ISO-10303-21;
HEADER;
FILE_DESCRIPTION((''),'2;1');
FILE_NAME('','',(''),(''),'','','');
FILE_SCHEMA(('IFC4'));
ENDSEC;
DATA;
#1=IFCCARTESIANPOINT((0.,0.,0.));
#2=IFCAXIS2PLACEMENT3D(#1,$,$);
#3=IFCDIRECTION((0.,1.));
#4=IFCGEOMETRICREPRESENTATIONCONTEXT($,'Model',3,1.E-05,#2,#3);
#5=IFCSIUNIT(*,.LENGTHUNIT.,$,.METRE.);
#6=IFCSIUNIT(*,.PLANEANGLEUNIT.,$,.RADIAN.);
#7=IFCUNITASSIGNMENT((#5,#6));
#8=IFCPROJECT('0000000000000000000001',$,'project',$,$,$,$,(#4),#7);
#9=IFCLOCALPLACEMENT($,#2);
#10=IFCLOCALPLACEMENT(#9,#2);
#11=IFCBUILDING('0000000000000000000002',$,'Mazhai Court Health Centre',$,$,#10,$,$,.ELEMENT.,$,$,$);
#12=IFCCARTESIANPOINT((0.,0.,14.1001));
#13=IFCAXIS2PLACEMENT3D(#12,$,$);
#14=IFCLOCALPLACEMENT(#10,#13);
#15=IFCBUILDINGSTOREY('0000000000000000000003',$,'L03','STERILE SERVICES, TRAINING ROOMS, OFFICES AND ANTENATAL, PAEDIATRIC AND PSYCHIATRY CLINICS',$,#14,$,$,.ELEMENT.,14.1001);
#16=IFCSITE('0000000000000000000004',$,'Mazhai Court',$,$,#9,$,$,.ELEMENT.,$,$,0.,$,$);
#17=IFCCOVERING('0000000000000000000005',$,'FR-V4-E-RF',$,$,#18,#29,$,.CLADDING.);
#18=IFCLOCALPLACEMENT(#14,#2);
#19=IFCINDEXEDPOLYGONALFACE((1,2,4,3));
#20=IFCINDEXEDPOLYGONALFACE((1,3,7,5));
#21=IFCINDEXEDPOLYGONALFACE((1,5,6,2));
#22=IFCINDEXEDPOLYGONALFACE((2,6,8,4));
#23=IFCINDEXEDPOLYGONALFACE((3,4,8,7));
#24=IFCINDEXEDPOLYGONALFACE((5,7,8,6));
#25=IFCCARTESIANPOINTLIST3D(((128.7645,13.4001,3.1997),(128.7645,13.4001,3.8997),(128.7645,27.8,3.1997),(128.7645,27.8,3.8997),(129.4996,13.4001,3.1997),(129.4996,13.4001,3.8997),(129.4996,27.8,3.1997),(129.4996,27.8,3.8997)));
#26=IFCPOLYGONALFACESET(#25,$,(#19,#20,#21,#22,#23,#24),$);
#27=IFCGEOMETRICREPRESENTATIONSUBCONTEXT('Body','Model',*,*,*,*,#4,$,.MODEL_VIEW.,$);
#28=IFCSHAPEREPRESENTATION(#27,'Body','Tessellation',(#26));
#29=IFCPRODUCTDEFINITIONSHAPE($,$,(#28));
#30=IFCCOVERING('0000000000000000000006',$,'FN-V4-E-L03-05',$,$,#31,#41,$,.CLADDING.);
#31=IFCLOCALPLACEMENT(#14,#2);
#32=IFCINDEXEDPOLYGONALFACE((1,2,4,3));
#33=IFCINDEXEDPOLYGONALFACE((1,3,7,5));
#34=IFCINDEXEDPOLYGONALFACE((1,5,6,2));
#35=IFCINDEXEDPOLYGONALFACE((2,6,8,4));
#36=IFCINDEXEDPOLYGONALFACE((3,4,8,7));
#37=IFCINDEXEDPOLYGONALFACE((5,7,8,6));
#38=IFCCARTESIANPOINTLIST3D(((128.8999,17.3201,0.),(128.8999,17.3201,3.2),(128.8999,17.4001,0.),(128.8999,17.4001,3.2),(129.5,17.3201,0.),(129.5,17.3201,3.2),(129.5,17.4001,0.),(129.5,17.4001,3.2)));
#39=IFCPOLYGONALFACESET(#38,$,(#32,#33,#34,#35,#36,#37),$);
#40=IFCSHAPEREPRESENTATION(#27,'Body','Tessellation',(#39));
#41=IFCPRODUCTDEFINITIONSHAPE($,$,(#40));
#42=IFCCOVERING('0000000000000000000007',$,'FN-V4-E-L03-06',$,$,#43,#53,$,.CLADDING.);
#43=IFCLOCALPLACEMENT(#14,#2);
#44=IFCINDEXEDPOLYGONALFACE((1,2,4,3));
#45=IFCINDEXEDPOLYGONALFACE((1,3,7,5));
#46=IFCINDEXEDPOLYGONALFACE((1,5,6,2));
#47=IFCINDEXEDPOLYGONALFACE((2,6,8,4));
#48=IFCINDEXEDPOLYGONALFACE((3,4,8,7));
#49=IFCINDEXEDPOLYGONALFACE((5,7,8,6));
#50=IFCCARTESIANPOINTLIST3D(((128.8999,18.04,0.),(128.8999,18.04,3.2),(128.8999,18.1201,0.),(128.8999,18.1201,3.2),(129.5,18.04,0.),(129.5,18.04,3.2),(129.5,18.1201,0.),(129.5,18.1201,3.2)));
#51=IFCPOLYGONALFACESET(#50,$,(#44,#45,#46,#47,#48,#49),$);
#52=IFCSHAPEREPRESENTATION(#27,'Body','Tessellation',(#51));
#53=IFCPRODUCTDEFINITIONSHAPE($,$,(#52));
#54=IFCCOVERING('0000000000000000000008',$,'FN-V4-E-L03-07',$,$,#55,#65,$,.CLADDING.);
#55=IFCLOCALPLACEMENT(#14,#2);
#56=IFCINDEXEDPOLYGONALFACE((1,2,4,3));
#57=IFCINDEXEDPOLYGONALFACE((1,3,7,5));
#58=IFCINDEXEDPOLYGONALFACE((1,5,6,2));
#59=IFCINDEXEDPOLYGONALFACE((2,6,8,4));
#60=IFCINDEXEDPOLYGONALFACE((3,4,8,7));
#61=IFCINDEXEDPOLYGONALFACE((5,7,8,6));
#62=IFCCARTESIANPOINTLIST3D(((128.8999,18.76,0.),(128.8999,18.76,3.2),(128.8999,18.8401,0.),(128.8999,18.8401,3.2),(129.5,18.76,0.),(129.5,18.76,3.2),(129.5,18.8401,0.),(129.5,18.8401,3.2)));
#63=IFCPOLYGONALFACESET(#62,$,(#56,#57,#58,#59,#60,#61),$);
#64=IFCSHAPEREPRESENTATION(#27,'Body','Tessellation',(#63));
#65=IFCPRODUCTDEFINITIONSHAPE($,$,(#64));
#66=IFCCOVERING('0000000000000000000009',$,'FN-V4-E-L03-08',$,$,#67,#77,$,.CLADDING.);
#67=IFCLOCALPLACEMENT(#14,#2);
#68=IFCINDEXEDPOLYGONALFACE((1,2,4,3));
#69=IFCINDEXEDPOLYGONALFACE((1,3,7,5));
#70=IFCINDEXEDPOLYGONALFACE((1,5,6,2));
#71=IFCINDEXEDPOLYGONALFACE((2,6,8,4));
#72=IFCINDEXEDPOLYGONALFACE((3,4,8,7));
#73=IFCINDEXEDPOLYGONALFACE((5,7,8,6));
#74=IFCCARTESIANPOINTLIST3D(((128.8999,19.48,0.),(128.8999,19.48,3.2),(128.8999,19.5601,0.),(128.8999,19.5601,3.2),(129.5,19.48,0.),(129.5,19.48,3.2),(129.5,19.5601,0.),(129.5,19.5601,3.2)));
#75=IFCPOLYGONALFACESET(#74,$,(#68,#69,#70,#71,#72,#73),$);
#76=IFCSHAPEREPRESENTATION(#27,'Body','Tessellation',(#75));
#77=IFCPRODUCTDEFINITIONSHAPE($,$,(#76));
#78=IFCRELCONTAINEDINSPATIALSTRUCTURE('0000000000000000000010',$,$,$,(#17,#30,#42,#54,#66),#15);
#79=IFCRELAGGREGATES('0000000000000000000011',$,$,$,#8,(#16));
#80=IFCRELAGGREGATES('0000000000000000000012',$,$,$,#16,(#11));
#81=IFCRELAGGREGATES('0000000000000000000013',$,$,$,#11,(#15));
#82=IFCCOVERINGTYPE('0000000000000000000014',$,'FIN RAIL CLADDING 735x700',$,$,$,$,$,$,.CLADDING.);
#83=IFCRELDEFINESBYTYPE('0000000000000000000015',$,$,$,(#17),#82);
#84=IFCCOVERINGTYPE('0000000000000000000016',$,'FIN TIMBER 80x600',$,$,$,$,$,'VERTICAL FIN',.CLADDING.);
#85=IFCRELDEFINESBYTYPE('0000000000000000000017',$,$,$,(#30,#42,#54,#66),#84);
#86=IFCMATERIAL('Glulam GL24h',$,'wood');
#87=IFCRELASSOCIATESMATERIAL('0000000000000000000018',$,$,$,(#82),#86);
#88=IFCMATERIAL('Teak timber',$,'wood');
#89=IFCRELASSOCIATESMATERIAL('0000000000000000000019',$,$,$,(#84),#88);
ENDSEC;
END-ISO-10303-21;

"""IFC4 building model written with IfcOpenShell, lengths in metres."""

from ifc_helpers import new_model, si_unit, direction, frame, origin, origin_2d, place, context, subcontext, project, spatial, rectangle, extrude, material, type_object, element, save


model = new_model("IFC4")

# Units and contexts
model_context = context("Model", 3, precision=1e-05, world=origin(), true_north=direction((0.0, 1.0)))
body_context = subcontext(model_context, "Body", "Model", "MODEL_VIEW")
ifc_project = project(units=[si_unit("LENGTHUNIT", "METRE"), si_unit("PLANEANGLEUNIT", "RADIAN")], contexts=[model_context])

# Site, building, storey
site_placement = place(None, origin())
site = spatial("IfcSite", under=ifc_project, at=site_placement, Name="Mazhai Court", CompositionType="ELEMENT", RefElevation=0.0)
building_placement = place(site_placement, origin())
building = spatial("IfcBuilding", under=site, at=building_placement, Name="Mazhai Court Health Centre", CompositionType="ELEMENT")
storey_placement = place(building_placement, frame((0.0, 0.0, 14.1001)))
storey = spatial("IfcBuildingStorey", under=building, at=storey_placement, Name="L03", Description="STERILE SERVICES, TRAINING ROOMS, OFFICES AND ANTENATAL, PAEDIATRIC AND PSYCHIATRY CLINICS", CompositionType="ELEMENT", Elevation=14.1001)

# Coverings
ifc_material_1 = material(Name="Glulam GL24h", Category="wood")
covering_type_1 = type_object("IfcCoveringType", Name="FIN RAIL CLADDING 735x700", PredefinedType="CLADDING", material=ifc_material_1)
for number, where, z_axis, x_axis, name in (
    (1, (129.1321, 20.6001, 3.1997), (0.0, 0.0, 1.0), (1.0, 0.0, 0.0), "FR-V4-E-RF"),
):
    element("IfcCovering", number, at=place(storey_placement, frame(where, z_axis=z_axis, x_axis=x_axis)), inside=storey, type_object=covering_type_1, Name=name, PredefinedType="CLADDING", context=body_context, shape_type="SweptSolid", body=[
        extrude(rectangle(XDim=0.7351, YDim=14.3999, at=origin_2d()), origin(), (0.0, 0.0, 1.0), 0.7),
    ])
ifc_material_2 = material(Name="Teak timber", Category="wood")
covering_type_2 = type_object("IfcCoveringType", Name="FIN TIMBER 80x600", ElementType="VERTICAL FIN", PredefinedType="CLADDING", material=ifc_material_2)
for number, where, z_axis, x_axis, name in (
    (2, (129.2, 17.3601, 0.0), (0.0, 0.0, 1.0), (0.0, 1.0, 0.0), "FN-V4-E-L03-05"),
    (3, (129.2, 18.0801, 0.0), (0.0, 0.0, 1.0), (0.0, 1.0, 0.0), "FN-V4-E-L03-06"),
    (4, (129.2, 18.8, 0.0), (0.0, 0.0, 1.0), (0.0, 1.0, 0.0), "FN-V4-E-L03-07"),
    (5, (129.2, 19.52, 0.0), (0.0, 0.0, 1.0), (0.0, 1.0, 0.0), "FN-V4-E-L03-08"),
):
    element("IfcCovering", number, at=place(storey_placement, frame(where, z_axis=z_axis, x_axis=x_axis)), inside=storey, type_object=covering_type_2, Name=name, PredefinedType="CLADDING", context=body_context, shape_type="SweptSolid", body=[
        extrude(rectangle(XDim=0.0801, YDim=0.6001, at=origin_2d()), origin(), (0.0, 0.0, 1.0), 3.2),
    ])

save(model, "model.ifc")
